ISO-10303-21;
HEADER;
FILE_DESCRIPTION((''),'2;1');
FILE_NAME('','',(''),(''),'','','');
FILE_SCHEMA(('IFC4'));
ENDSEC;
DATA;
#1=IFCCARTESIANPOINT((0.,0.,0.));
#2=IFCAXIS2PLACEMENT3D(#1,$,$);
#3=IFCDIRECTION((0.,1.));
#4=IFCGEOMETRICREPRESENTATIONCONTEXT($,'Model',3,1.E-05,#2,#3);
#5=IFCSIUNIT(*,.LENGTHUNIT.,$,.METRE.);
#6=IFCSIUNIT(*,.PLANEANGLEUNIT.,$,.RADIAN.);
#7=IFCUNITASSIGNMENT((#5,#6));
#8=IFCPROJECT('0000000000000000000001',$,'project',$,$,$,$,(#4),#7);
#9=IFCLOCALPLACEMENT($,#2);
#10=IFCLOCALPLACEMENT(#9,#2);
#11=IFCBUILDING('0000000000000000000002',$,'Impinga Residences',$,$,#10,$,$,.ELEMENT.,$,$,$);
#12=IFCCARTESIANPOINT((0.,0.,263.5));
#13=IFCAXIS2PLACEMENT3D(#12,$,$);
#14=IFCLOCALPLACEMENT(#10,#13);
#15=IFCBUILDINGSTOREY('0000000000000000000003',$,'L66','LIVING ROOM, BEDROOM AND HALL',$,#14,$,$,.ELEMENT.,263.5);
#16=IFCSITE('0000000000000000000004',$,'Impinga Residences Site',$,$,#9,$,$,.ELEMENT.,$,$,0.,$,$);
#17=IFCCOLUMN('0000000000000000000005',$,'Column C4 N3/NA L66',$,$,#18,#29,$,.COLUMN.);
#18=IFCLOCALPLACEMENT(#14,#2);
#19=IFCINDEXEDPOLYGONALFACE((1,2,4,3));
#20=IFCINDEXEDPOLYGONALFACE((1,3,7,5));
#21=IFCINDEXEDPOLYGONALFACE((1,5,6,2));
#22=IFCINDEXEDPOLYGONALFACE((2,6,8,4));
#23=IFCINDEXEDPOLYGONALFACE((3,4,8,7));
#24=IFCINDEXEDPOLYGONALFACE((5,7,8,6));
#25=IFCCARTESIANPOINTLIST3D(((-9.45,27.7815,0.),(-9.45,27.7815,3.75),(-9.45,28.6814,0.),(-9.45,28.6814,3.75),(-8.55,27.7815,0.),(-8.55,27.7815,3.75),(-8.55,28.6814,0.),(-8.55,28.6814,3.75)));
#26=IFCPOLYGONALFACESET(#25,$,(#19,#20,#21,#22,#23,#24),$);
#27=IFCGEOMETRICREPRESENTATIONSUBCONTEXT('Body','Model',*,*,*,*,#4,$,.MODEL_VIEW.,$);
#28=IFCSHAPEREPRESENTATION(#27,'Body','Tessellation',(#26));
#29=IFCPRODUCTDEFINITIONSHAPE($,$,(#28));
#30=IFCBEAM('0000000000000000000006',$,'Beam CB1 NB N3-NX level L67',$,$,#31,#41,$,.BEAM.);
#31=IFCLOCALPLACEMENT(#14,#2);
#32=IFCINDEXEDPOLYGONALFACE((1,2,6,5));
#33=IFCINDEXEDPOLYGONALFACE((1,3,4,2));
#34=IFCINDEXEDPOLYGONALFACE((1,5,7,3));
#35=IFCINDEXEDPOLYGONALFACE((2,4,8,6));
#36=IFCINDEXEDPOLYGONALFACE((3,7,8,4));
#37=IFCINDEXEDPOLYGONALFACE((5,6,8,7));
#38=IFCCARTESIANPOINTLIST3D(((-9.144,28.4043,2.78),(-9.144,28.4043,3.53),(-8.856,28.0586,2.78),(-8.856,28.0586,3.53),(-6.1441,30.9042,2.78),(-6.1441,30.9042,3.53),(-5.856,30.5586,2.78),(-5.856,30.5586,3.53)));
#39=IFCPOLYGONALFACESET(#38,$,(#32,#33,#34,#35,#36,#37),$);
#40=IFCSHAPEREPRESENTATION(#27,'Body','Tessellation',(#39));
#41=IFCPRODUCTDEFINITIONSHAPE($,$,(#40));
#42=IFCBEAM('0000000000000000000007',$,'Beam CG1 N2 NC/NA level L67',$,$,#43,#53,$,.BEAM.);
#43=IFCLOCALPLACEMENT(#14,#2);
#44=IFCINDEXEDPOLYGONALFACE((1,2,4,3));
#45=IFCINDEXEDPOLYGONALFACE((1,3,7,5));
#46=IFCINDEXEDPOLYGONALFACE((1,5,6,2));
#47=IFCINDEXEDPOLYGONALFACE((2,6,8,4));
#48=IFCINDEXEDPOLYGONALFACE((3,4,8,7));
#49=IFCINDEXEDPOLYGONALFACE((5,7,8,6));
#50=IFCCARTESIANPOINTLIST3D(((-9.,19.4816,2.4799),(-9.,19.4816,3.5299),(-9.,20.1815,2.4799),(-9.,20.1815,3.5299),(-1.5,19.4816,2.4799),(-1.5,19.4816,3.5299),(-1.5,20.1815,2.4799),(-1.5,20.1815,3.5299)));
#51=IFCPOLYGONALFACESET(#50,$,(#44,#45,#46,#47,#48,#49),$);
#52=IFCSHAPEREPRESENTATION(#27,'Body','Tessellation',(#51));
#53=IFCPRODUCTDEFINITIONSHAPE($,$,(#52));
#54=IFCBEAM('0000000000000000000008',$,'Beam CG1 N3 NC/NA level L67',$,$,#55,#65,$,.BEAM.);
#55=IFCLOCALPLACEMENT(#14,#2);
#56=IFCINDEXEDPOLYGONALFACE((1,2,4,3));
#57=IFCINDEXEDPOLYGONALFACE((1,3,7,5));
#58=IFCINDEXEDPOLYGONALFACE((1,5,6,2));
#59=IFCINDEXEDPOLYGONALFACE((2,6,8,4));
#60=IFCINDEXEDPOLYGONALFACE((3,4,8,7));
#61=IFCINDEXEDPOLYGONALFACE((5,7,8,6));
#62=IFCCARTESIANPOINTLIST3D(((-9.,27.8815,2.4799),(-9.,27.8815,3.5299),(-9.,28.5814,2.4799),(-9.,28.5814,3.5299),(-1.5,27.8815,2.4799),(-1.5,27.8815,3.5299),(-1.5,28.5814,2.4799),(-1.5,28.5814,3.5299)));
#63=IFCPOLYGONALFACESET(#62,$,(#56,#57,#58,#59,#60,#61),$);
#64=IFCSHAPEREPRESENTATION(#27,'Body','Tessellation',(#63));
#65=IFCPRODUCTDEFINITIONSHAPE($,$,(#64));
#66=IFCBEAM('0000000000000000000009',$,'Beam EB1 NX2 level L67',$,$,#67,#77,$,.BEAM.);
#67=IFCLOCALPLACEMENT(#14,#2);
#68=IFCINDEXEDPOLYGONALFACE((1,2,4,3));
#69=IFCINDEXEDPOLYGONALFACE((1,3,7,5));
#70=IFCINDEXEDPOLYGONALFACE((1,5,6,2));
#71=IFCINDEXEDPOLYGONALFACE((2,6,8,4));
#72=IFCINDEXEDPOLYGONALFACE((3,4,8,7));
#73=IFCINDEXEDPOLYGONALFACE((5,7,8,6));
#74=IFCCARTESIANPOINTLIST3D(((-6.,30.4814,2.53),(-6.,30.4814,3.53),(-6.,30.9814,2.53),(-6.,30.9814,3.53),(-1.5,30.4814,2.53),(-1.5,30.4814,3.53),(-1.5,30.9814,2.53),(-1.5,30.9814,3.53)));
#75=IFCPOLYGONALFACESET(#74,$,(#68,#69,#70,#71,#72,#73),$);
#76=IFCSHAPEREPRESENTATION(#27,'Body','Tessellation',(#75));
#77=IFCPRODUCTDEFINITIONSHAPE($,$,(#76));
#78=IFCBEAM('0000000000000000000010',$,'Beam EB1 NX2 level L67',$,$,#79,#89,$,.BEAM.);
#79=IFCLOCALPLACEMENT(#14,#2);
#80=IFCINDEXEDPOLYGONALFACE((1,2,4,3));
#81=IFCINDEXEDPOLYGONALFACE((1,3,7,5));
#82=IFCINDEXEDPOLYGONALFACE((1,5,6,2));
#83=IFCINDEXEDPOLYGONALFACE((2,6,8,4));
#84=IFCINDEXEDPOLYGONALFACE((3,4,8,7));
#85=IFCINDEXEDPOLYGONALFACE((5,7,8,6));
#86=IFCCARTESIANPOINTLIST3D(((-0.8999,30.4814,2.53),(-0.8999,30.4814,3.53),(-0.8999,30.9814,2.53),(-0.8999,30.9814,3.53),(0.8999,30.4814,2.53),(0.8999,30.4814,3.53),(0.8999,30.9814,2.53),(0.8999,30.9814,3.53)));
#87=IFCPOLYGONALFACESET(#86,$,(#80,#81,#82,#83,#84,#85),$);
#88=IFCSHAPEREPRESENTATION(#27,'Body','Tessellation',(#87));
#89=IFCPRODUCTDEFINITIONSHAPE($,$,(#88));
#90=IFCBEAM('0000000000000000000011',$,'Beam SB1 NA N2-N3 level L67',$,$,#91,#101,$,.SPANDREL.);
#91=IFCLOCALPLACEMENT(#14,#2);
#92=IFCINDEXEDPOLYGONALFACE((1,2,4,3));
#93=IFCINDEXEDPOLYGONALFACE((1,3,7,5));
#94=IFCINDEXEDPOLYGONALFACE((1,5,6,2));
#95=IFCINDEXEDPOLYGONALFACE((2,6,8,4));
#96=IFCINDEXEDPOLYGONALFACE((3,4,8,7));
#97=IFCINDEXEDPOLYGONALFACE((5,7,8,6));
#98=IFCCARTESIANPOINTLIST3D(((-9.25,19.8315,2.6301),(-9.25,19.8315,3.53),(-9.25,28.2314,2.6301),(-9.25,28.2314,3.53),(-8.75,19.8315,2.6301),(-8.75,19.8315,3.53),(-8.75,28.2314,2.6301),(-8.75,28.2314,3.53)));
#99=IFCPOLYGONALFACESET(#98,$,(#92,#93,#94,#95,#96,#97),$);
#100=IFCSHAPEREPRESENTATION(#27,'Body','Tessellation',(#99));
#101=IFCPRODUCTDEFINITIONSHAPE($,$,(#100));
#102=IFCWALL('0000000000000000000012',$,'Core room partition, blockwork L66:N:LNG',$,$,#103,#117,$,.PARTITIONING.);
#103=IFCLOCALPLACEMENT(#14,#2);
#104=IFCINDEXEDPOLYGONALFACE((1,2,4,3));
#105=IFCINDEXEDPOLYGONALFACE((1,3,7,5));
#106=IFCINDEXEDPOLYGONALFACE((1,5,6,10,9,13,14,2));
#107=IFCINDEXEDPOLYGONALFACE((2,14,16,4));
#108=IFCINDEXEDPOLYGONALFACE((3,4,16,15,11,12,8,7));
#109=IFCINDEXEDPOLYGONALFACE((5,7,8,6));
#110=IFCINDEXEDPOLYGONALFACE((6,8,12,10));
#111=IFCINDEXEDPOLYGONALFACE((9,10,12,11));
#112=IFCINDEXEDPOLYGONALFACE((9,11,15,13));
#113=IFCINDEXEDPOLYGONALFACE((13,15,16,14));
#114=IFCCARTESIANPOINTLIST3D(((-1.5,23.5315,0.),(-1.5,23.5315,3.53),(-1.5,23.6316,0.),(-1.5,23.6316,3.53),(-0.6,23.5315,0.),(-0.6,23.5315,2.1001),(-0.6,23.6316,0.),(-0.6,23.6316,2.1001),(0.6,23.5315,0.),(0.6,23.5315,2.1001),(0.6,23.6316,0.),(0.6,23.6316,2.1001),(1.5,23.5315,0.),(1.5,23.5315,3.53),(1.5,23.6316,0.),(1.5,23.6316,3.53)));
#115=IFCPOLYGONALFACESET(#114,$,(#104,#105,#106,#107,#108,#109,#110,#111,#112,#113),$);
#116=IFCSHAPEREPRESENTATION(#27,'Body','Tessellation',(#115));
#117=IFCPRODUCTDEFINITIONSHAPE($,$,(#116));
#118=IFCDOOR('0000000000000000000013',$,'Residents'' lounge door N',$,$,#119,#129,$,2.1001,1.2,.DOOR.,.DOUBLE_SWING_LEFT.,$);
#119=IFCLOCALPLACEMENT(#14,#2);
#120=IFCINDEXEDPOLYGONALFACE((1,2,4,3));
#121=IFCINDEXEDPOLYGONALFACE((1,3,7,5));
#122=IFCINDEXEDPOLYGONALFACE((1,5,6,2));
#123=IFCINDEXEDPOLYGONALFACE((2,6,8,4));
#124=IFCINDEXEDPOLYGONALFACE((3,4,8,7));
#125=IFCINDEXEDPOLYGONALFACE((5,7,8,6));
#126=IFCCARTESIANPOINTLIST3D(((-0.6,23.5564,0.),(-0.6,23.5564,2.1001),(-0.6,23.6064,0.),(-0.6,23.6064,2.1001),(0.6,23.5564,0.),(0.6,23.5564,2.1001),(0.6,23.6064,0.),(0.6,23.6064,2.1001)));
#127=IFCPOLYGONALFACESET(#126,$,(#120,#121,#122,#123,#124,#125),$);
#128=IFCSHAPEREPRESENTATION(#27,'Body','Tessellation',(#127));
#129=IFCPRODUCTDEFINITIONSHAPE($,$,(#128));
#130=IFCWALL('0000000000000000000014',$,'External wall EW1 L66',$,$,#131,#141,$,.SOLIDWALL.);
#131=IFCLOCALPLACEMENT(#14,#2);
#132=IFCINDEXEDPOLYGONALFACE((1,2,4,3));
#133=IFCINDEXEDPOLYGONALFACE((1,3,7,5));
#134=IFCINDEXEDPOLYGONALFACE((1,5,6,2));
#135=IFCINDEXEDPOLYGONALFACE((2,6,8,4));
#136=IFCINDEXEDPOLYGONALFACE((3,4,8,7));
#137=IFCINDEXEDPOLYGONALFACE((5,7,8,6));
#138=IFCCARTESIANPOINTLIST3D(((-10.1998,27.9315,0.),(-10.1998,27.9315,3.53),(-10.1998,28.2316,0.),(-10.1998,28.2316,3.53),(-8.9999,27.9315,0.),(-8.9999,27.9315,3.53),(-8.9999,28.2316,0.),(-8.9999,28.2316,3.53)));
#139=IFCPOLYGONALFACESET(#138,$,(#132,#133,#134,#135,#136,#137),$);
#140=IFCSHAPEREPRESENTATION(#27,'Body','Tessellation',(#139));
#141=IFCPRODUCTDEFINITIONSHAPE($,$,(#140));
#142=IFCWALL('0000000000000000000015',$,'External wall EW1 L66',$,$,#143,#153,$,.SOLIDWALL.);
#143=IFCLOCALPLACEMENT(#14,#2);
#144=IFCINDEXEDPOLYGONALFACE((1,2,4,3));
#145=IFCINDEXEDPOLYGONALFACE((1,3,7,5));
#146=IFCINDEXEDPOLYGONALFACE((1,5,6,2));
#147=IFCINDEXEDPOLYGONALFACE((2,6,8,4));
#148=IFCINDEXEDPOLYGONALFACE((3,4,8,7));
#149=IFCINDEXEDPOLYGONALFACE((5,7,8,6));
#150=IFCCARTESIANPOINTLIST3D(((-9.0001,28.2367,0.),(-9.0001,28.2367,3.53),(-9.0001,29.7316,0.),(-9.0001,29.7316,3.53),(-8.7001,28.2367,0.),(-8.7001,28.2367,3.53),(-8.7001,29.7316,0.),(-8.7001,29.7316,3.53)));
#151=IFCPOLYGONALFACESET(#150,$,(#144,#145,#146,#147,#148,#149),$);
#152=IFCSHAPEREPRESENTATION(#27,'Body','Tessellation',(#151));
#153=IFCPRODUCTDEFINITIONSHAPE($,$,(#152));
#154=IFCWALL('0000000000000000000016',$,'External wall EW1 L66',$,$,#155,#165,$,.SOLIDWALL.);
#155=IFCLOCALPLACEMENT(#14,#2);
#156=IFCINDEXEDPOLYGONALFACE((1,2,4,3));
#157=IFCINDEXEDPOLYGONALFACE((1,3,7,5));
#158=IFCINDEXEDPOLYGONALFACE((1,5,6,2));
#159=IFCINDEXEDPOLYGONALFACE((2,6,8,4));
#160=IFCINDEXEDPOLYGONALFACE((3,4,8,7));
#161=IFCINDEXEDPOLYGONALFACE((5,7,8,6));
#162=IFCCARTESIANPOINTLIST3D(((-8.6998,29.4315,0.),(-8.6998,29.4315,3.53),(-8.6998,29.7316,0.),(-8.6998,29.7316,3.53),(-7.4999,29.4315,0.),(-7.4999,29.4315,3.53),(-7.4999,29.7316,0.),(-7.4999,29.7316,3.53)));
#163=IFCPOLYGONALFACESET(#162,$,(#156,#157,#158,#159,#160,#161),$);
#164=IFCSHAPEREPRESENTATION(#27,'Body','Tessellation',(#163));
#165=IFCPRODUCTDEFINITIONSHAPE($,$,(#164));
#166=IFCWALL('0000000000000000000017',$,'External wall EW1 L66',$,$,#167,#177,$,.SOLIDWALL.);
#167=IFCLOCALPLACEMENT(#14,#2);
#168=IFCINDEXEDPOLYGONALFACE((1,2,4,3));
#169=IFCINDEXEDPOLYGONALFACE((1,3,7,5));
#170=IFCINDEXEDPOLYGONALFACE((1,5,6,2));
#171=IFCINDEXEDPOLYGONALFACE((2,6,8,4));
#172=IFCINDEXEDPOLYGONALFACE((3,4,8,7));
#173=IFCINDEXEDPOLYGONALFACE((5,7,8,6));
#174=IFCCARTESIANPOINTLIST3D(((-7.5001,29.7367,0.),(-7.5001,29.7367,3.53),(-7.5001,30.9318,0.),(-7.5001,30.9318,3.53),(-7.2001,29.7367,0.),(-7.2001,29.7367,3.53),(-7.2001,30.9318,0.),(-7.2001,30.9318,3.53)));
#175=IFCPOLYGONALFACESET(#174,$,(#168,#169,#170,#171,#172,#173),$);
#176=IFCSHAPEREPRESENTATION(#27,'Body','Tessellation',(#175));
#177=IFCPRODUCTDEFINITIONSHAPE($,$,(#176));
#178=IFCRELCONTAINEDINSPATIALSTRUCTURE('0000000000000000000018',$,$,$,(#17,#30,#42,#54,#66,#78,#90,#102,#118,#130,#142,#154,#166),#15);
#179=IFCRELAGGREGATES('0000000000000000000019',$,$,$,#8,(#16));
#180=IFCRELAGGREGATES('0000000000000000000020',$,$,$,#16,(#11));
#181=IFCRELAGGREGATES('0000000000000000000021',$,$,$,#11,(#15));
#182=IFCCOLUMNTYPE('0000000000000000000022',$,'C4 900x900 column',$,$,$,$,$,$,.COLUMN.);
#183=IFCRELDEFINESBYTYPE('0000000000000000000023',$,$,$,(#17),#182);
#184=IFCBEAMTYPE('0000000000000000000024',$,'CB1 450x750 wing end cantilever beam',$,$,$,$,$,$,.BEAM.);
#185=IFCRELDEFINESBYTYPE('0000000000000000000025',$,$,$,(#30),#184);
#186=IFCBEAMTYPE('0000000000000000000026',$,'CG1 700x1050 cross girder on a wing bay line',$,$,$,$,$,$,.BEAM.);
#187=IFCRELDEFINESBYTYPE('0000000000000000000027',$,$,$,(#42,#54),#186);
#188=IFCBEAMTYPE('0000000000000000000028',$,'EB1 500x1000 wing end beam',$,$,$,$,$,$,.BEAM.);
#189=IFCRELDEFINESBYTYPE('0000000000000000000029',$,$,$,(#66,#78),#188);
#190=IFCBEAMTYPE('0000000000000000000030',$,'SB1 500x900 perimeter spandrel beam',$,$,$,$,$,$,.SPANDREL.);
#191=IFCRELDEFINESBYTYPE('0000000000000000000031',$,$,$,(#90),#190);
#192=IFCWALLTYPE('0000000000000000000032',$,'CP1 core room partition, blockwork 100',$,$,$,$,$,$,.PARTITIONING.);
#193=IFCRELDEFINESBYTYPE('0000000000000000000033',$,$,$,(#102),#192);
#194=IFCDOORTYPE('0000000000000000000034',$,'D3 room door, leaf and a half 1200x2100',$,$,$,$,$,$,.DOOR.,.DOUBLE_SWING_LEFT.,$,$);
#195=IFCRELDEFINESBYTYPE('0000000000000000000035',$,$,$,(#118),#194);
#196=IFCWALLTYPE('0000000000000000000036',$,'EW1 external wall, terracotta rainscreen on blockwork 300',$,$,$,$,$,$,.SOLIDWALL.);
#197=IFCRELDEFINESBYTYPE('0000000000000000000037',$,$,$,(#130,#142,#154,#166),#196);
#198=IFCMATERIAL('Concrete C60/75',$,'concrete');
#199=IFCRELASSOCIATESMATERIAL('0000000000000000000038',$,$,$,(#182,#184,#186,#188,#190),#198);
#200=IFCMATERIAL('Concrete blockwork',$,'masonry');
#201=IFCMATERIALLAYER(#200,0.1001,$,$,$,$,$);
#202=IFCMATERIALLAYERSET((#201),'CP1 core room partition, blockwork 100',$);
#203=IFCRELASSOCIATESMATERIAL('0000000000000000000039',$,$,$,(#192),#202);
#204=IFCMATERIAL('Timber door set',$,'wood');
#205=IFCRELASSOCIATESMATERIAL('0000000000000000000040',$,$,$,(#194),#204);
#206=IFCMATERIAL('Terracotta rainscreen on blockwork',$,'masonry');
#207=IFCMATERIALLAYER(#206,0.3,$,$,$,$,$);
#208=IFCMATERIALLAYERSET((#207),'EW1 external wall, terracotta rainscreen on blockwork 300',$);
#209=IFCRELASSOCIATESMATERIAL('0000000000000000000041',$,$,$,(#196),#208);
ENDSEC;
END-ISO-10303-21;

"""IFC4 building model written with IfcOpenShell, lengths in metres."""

from ifc_helpers import new_model, si_unit, direction, frame, frame_2d, origin, origin_2d, place, context, subcontext, project, spatial, rectangle, extrude, material, layer, layer_set, material_profile, profile_set, type_object, element, fill, save


model = new_model("IFC4")

# Units and contexts
model_context = context("Model", 3, precision=1e-05, world=origin(), true_north=direction((0.0, 1.0)))
body_context = subcontext(model_context, "Body", "Model", "MODEL_VIEW")
ifc_project = project(units=[si_unit("LENGTHUNIT", "METRE"), si_unit("PLANEANGLEUNIT", "RADIAN")], contexts=[model_context])

# Site, building, storey
site_placement = place(None, origin())
site = spatial("IfcSite", under=ifc_project, at=site_placement, Name="Impinga Residences Site", CompositionType="ELEMENT", RefElevation=0.0)
building_placement = place(site_placement, origin())
building = spatial("IfcBuilding", under=site, at=building_placement, Name="Impinga Residences", CompositionType="ELEMENT")
storey_placement = place(building_placement, frame((0.0, 0.0, 263.5)))
storey = spatial("IfcBuildingStorey", under=building, at=storey_placement, Name="L66", Description="LIVING ROOM, BEDROOM AND HALL", CompositionType="ELEMENT", Elevation=263.5)

# Column
ifc_material_1 = material(Name="Concrete C60/75", Category="concrete")
ifc_material_profile_1 = material_profile(ifc_material_1, rectangle(XDim=0.8999, YDim=0.8999, at=origin_2d()), Name="RC 900x900")
ifc_profile_set_1 = profile_set([ifc_material_profile_1], Name="Concrete C60/75")
column_type = type_object("IfcColumnType", Name="C4 900x900 column", PredefinedType="COLUMN", material=ifc_profile_set_1)
column_placement = place(storey_placement, frame((-9.0, 28.2314, 0.0), z_axis=(0.0, 0.0, 1.0), x_axis=(1.0, 0.0, 0.0)))
element("IfcColumn", 1, at=column_placement, inside=storey, type_object=column_type, Name="Column C4 N3/NA L66", PredefinedType="COLUMN", context=body_context, shape_type="SweptSolid", body=[
    extrude(rectangle(XDim=0.8999, YDim=0.8999, at=origin_2d()), origin(), (0.0, 0.0, 1.0), 3.75),
])

# Beams
ifc_material_profile_2 = material_profile(ifc_material_1, rectangle(XDim=0.45, YDim=0.75, at=origin_2d()), Name="RC 450x750")
ifc_profile_set_2 = profile_set([ifc_material_profile_2], Name="Concrete C60/75")
beam_type_1 = type_object("IfcBeamType", Name="CB1 450x750 wing end cantilever beam", PredefinedType="BEAM", material=ifc_profile_set_2)
beam_1_placement = place(storey_placement, frame((-9.0, 28.2314, 3.155), z_axis=(0.768221, 0.640184, 0.0), x_axis=(-0.640184, 0.768221, 0.0)))
element("IfcBeam", 2, at=beam_1_placement, inside=storey, type_object=beam_type_1, Name="Beam CB1 NB N3-NX level L67", PredefinedType="BEAM", context=body_context, shape_type="SweptSolid", body=[
    extrude(rectangle(XDim=0.45, YDim=0.75, at=origin_2d()), origin(), (0.0, 0.0, 1.0), 3.905),
])
ifc_material_profile_3 = material_profile(ifc_material_1, rectangle(XDim=0.7, YDim=1.05, at=origin_2d()), Name="RC 700x1050")
ifc_profile_set_3 = profile_set([ifc_material_profile_3], Name="Concrete C60/75")
beam_type_2 = type_object("IfcBeamType", Name="CG1 700x1050 cross girder on a wing bay line", PredefinedType="BEAM", material=ifc_profile_set_3)
for number, where, z_axis, x_axis, name in (
    (3, (-1.5, 19.8315, 3.0049), (-1.0, 0.0, 0.0), (0.0, -1.0, 0.0), "Beam CG1 N2 NC/NA level L67"),
    (4, (-1.5, 28.2314, 3.0049), (-1.0, 0.0, 0.0), (0.0, -1.0, 0.0), "Beam CG1 N3 NC/NA level L67"),
):
    element("IfcBeam", number, at=place(storey_placement, frame(where, z_axis=z_axis, x_axis=x_axis)), inside=storey, type_object=beam_type_2, Name=name, PredefinedType="BEAM", context=body_context, shape_type="SweptSolid", body=[
        extrude(rectangle(XDim=0.7, YDim=1.05, at=origin_2d()), origin(), (0.0, 0.0, 1.0), 7.5),
    ])
ifc_material_profile_4 = material_profile(ifc_material_1, rectangle(XDim=0.5, YDim=1.0, at=origin_2d()), Name="RC 500x1000")
ifc_profile_set_4 = profile_set([ifc_material_profile_4], Name="Concrete C60/75")
beam_type_3 = type_object("IfcBeamType", Name="EB1 500x1000 wing end beam", PredefinedType="BEAM", material=ifc_profile_set_4)
beam_2_placement = place(storey_placement, frame((-6.0, 30.7314, 3.03), z_axis=(1.0, 0.0, 0.0), x_axis=(0.0, 1.0, 0.0)))
element("IfcBeam", 5, at=beam_2_placement, inside=storey, type_object=beam_type_3, Name="Beam EB1 NX2 level L67", PredefinedType="BEAM", context=body_context, shape_type="SweptSolid", body=[
    extrude(rectangle(XDim=0.5, YDim=1.0, at=origin_2d()), origin(), (0.0, 0.0, 1.0), 4.5),
])
beam_3_placement = place(storey_placement, frame((-0.8999, 30.7314, 3.03), z_axis=(1.0, 0.0, 0.0), x_axis=(0.0, 1.0, 0.0)))
element("IfcBeam", 6, at=beam_3_placement, inside=storey, type_object=beam_type_3, Name="Beam EB1 NX2 level L67", PredefinedType="BEAM", context=body_context, shape_type="SweptSolid", body=[
    extrude(rectangle(XDim=0.5, YDim=1.0, at=origin_2d()), origin(), (0.0, 0.0, 1.0), 1.7998),
])
ifc_material_profile_5 = material_profile(ifc_material_1, rectangle(XDim=0.5, YDim=0.8999, at=origin_2d()), Name="RC 500x900")
ifc_profile_set_5 = profile_set([ifc_material_profile_5], Name="Concrete C60/75")
beam_type_4 = type_object("IfcBeamType", Name="SB1 500x900 perimeter spandrel beam", PredefinedType="SPANDREL", material=ifc_profile_set_5)
beam_4_placement = place(storey_placement, frame((-9.0, 19.8315, 3.0801), z_axis=(0.0, 1.0, 0.0), x_axis=(-1.0, 0.0, 0.0)))
element("IfcBeam", 7, at=beam_4_placement, inside=storey, type_object=beam_type_4, Name="Beam SB1 NA N2-N3 level L67", PredefinedType="SPANDREL", context=body_context, shape_type="SweptSolid", body=[
    extrude(rectangle(XDim=0.5, YDim=0.8999, at=origin_2d()), origin(), (0.0, 0.0, 1.0), 8.3999),
])

# Wall, opening, door
ifc_material_2 = material(Name="Concrete blockwork", Category="masonry")
ifc_layer_1 = layer(ifc_material_2, 0.1001)
ifc_layer_set_1 = layer_set([ifc_layer_1], Name="CP1 core room partition, blockwork 100")
wall_type_1 = type_object("IfcWallType", Name="CP1 core room partition, blockwork 100", PredefinedType="PARTITIONING", material=ifc_layer_set_1)
wall_1_placement = place(storey_placement, frame((-1.5, 23.5815, 0.0), z_axis=(0.0, 0.0, 1.0), x_axis=(1.0, 0.0, 0.0)))
wall_1 = element("IfcWall", 8, at=wall_1_placement, inside=storey, type_object=wall_type_1, Name="Core room partition, blockwork L66:N:LNG", PredefinedType="PARTITIONING", context=body_context, shape_type="SweptSolid", body=[
    extrude(rectangle(XDim=3.0, YDim=0.1001, at=frame_2d((1.5, 0.0))), origin(), (0.0, 0.0, 1.0), 3.53),
])
opening_1_placement = place(wall_1_placement, frame((0.8999, 0.0, 0.0)))
opening_1 = element("IfcOpeningElement", 9, at=opening_1_placement, cuts=wall_1, PredefinedType="OPENING", context=body_context, shape_type="SweptSolid", body=[
    extrude(rectangle(XDim=1.2, YDim=2.1001, at=frame_2d((0.6001, 1.05))), frame((0.0, 0.0601, 0.0), z_axis=(0.0, -1.0, 0.0), x_axis=(1.0, 0.0, 0.0)), (0.0, 0.0, 1.0), 0.1201),
])
ifc_material_3 = material(Name="Timber door set", Category="wood")
door_type_1 = type_object("IfcDoorType", Name="D3 room door, leaf and a half 1200x2100", OperationType="DOUBLE_SWING_LEFT", PredefinedType="DOOR", material=ifc_material_3)
door_1_placement = place(opening_1_placement, origin())
door_1 = element("IfcDoor", 10, at=door_1_placement, inside=storey, type_object=door_type_1, Name="Residents' lounge door N", OperationType="DOUBLE_SWING_LEFT", OverallHeight=2.1001, OverallWidth=1.2, PredefinedType="DOOR", context=body_context, shape_type="SweptSolid", body=[
    extrude(rectangle(XDim=1.2, YDim=2.1001, at=frame_2d((0.6001, 1.05))), frame((0.0, 0.0249, 0.0), z_axis=(0.0, -1.0, 0.0), x_axis=(1.0, 0.0, 0.0)), (0.0, 0.0, 1.0), 0.05),
])
fill(opening_1, door_1)

# Walls
ifc_material_4 = material(Name="Terracotta rainscreen on blockwork", Category="masonry")
ifc_layer_2 = layer(ifc_material_4, 0.3)
ifc_layer_set_2 = layer_set([ifc_layer_2], Name="EW1 external wall, terracotta rainscreen on blockwork 300")
wall_type_2 = type_object("IfcWallType", Name="EW1 external wall, terracotta rainscreen on blockwork 300", PredefinedType="SOLIDWALL", material=ifc_layer_set_2)
wall_2_placement = place(storey_placement, frame((-10.2, 28.0815, 0.0), z_axis=(0.0, 0.0, 1.0), x_axis=(1.0, 0.0, 0.0)))
element("IfcWall", 11, at=wall_2_placement, inside=storey, type_object=wall_type_2, Name="External wall EW1 L66", PredefinedType="SOLIDWALL", context=body_context, shape_type="SweptSolid", body=[
    extrude(rectangle(XDim=1.2, YDim=0.3, at=frame_2d((0.6001, 0.0))), origin(), (0.0, 0.0, 1.0), 3.53),
])
wall_3_placement = place(storey_placement, frame((-8.8501, 28.2366, 0.0), z_axis=(0.0, 0.0, 1.0), x_axis=(0.0, 1.0, 0.0)))
element("IfcWall", 12, at=wall_3_placement, inside=storey, type_object=wall_type_2, Name="External wall EW1 L66", PredefinedType="SOLIDWALL", context=body_context, shape_type="SweptSolid", body=[
    extrude(rectangle(XDim=1.4949, YDim=0.3, at=frame_2d((0.7476, 0.0))), origin(), (0.0, 0.0, 1.0), 3.53),
])
wall_4_placement = place(storey_placement, frame((-8.7, 29.5815, 0.0), z_axis=(0.0, 0.0, 1.0), x_axis=(1.0, 0.0, 0.0)))
element("IfcWall", 13, at=wall_4_placement, inside=storey, type_object=wall_type_2, Name="External wall EW1 L66", PredefinedType="SOLIDWALL", context=body_context, shape_type="SweptSolid", body=[
    extrude(rectangle(XDim=1.2, YDim=0.3, at=frame_2d((0.6001, 0.0))), origin(), (0.0, 0.0, 1.0), 3.53),
])
wall_5_placement = place(storey_placement, frame((-7.3501, 29.7366, 0.0), z_axis=(0.0, 0.0, 1.0), x_axis=(0.0, 1.0, 0.0)))
element("IfcWall", 14, at=wall_5_placement, inside=storey, type_object=wall_type_2, Name="External wall EW1 L66", PredefinedType="SOLIDWALL", context=body_context, shape_type="SweptSolid", body=[
    extrude(rectangle(XDim=1.1951, YDim=0.3, at=frame_2d((0.5977, 0.0))), origin(), (0.0, 0.0, 1.0), 3.53),
])

save(model, "model.ifc")
